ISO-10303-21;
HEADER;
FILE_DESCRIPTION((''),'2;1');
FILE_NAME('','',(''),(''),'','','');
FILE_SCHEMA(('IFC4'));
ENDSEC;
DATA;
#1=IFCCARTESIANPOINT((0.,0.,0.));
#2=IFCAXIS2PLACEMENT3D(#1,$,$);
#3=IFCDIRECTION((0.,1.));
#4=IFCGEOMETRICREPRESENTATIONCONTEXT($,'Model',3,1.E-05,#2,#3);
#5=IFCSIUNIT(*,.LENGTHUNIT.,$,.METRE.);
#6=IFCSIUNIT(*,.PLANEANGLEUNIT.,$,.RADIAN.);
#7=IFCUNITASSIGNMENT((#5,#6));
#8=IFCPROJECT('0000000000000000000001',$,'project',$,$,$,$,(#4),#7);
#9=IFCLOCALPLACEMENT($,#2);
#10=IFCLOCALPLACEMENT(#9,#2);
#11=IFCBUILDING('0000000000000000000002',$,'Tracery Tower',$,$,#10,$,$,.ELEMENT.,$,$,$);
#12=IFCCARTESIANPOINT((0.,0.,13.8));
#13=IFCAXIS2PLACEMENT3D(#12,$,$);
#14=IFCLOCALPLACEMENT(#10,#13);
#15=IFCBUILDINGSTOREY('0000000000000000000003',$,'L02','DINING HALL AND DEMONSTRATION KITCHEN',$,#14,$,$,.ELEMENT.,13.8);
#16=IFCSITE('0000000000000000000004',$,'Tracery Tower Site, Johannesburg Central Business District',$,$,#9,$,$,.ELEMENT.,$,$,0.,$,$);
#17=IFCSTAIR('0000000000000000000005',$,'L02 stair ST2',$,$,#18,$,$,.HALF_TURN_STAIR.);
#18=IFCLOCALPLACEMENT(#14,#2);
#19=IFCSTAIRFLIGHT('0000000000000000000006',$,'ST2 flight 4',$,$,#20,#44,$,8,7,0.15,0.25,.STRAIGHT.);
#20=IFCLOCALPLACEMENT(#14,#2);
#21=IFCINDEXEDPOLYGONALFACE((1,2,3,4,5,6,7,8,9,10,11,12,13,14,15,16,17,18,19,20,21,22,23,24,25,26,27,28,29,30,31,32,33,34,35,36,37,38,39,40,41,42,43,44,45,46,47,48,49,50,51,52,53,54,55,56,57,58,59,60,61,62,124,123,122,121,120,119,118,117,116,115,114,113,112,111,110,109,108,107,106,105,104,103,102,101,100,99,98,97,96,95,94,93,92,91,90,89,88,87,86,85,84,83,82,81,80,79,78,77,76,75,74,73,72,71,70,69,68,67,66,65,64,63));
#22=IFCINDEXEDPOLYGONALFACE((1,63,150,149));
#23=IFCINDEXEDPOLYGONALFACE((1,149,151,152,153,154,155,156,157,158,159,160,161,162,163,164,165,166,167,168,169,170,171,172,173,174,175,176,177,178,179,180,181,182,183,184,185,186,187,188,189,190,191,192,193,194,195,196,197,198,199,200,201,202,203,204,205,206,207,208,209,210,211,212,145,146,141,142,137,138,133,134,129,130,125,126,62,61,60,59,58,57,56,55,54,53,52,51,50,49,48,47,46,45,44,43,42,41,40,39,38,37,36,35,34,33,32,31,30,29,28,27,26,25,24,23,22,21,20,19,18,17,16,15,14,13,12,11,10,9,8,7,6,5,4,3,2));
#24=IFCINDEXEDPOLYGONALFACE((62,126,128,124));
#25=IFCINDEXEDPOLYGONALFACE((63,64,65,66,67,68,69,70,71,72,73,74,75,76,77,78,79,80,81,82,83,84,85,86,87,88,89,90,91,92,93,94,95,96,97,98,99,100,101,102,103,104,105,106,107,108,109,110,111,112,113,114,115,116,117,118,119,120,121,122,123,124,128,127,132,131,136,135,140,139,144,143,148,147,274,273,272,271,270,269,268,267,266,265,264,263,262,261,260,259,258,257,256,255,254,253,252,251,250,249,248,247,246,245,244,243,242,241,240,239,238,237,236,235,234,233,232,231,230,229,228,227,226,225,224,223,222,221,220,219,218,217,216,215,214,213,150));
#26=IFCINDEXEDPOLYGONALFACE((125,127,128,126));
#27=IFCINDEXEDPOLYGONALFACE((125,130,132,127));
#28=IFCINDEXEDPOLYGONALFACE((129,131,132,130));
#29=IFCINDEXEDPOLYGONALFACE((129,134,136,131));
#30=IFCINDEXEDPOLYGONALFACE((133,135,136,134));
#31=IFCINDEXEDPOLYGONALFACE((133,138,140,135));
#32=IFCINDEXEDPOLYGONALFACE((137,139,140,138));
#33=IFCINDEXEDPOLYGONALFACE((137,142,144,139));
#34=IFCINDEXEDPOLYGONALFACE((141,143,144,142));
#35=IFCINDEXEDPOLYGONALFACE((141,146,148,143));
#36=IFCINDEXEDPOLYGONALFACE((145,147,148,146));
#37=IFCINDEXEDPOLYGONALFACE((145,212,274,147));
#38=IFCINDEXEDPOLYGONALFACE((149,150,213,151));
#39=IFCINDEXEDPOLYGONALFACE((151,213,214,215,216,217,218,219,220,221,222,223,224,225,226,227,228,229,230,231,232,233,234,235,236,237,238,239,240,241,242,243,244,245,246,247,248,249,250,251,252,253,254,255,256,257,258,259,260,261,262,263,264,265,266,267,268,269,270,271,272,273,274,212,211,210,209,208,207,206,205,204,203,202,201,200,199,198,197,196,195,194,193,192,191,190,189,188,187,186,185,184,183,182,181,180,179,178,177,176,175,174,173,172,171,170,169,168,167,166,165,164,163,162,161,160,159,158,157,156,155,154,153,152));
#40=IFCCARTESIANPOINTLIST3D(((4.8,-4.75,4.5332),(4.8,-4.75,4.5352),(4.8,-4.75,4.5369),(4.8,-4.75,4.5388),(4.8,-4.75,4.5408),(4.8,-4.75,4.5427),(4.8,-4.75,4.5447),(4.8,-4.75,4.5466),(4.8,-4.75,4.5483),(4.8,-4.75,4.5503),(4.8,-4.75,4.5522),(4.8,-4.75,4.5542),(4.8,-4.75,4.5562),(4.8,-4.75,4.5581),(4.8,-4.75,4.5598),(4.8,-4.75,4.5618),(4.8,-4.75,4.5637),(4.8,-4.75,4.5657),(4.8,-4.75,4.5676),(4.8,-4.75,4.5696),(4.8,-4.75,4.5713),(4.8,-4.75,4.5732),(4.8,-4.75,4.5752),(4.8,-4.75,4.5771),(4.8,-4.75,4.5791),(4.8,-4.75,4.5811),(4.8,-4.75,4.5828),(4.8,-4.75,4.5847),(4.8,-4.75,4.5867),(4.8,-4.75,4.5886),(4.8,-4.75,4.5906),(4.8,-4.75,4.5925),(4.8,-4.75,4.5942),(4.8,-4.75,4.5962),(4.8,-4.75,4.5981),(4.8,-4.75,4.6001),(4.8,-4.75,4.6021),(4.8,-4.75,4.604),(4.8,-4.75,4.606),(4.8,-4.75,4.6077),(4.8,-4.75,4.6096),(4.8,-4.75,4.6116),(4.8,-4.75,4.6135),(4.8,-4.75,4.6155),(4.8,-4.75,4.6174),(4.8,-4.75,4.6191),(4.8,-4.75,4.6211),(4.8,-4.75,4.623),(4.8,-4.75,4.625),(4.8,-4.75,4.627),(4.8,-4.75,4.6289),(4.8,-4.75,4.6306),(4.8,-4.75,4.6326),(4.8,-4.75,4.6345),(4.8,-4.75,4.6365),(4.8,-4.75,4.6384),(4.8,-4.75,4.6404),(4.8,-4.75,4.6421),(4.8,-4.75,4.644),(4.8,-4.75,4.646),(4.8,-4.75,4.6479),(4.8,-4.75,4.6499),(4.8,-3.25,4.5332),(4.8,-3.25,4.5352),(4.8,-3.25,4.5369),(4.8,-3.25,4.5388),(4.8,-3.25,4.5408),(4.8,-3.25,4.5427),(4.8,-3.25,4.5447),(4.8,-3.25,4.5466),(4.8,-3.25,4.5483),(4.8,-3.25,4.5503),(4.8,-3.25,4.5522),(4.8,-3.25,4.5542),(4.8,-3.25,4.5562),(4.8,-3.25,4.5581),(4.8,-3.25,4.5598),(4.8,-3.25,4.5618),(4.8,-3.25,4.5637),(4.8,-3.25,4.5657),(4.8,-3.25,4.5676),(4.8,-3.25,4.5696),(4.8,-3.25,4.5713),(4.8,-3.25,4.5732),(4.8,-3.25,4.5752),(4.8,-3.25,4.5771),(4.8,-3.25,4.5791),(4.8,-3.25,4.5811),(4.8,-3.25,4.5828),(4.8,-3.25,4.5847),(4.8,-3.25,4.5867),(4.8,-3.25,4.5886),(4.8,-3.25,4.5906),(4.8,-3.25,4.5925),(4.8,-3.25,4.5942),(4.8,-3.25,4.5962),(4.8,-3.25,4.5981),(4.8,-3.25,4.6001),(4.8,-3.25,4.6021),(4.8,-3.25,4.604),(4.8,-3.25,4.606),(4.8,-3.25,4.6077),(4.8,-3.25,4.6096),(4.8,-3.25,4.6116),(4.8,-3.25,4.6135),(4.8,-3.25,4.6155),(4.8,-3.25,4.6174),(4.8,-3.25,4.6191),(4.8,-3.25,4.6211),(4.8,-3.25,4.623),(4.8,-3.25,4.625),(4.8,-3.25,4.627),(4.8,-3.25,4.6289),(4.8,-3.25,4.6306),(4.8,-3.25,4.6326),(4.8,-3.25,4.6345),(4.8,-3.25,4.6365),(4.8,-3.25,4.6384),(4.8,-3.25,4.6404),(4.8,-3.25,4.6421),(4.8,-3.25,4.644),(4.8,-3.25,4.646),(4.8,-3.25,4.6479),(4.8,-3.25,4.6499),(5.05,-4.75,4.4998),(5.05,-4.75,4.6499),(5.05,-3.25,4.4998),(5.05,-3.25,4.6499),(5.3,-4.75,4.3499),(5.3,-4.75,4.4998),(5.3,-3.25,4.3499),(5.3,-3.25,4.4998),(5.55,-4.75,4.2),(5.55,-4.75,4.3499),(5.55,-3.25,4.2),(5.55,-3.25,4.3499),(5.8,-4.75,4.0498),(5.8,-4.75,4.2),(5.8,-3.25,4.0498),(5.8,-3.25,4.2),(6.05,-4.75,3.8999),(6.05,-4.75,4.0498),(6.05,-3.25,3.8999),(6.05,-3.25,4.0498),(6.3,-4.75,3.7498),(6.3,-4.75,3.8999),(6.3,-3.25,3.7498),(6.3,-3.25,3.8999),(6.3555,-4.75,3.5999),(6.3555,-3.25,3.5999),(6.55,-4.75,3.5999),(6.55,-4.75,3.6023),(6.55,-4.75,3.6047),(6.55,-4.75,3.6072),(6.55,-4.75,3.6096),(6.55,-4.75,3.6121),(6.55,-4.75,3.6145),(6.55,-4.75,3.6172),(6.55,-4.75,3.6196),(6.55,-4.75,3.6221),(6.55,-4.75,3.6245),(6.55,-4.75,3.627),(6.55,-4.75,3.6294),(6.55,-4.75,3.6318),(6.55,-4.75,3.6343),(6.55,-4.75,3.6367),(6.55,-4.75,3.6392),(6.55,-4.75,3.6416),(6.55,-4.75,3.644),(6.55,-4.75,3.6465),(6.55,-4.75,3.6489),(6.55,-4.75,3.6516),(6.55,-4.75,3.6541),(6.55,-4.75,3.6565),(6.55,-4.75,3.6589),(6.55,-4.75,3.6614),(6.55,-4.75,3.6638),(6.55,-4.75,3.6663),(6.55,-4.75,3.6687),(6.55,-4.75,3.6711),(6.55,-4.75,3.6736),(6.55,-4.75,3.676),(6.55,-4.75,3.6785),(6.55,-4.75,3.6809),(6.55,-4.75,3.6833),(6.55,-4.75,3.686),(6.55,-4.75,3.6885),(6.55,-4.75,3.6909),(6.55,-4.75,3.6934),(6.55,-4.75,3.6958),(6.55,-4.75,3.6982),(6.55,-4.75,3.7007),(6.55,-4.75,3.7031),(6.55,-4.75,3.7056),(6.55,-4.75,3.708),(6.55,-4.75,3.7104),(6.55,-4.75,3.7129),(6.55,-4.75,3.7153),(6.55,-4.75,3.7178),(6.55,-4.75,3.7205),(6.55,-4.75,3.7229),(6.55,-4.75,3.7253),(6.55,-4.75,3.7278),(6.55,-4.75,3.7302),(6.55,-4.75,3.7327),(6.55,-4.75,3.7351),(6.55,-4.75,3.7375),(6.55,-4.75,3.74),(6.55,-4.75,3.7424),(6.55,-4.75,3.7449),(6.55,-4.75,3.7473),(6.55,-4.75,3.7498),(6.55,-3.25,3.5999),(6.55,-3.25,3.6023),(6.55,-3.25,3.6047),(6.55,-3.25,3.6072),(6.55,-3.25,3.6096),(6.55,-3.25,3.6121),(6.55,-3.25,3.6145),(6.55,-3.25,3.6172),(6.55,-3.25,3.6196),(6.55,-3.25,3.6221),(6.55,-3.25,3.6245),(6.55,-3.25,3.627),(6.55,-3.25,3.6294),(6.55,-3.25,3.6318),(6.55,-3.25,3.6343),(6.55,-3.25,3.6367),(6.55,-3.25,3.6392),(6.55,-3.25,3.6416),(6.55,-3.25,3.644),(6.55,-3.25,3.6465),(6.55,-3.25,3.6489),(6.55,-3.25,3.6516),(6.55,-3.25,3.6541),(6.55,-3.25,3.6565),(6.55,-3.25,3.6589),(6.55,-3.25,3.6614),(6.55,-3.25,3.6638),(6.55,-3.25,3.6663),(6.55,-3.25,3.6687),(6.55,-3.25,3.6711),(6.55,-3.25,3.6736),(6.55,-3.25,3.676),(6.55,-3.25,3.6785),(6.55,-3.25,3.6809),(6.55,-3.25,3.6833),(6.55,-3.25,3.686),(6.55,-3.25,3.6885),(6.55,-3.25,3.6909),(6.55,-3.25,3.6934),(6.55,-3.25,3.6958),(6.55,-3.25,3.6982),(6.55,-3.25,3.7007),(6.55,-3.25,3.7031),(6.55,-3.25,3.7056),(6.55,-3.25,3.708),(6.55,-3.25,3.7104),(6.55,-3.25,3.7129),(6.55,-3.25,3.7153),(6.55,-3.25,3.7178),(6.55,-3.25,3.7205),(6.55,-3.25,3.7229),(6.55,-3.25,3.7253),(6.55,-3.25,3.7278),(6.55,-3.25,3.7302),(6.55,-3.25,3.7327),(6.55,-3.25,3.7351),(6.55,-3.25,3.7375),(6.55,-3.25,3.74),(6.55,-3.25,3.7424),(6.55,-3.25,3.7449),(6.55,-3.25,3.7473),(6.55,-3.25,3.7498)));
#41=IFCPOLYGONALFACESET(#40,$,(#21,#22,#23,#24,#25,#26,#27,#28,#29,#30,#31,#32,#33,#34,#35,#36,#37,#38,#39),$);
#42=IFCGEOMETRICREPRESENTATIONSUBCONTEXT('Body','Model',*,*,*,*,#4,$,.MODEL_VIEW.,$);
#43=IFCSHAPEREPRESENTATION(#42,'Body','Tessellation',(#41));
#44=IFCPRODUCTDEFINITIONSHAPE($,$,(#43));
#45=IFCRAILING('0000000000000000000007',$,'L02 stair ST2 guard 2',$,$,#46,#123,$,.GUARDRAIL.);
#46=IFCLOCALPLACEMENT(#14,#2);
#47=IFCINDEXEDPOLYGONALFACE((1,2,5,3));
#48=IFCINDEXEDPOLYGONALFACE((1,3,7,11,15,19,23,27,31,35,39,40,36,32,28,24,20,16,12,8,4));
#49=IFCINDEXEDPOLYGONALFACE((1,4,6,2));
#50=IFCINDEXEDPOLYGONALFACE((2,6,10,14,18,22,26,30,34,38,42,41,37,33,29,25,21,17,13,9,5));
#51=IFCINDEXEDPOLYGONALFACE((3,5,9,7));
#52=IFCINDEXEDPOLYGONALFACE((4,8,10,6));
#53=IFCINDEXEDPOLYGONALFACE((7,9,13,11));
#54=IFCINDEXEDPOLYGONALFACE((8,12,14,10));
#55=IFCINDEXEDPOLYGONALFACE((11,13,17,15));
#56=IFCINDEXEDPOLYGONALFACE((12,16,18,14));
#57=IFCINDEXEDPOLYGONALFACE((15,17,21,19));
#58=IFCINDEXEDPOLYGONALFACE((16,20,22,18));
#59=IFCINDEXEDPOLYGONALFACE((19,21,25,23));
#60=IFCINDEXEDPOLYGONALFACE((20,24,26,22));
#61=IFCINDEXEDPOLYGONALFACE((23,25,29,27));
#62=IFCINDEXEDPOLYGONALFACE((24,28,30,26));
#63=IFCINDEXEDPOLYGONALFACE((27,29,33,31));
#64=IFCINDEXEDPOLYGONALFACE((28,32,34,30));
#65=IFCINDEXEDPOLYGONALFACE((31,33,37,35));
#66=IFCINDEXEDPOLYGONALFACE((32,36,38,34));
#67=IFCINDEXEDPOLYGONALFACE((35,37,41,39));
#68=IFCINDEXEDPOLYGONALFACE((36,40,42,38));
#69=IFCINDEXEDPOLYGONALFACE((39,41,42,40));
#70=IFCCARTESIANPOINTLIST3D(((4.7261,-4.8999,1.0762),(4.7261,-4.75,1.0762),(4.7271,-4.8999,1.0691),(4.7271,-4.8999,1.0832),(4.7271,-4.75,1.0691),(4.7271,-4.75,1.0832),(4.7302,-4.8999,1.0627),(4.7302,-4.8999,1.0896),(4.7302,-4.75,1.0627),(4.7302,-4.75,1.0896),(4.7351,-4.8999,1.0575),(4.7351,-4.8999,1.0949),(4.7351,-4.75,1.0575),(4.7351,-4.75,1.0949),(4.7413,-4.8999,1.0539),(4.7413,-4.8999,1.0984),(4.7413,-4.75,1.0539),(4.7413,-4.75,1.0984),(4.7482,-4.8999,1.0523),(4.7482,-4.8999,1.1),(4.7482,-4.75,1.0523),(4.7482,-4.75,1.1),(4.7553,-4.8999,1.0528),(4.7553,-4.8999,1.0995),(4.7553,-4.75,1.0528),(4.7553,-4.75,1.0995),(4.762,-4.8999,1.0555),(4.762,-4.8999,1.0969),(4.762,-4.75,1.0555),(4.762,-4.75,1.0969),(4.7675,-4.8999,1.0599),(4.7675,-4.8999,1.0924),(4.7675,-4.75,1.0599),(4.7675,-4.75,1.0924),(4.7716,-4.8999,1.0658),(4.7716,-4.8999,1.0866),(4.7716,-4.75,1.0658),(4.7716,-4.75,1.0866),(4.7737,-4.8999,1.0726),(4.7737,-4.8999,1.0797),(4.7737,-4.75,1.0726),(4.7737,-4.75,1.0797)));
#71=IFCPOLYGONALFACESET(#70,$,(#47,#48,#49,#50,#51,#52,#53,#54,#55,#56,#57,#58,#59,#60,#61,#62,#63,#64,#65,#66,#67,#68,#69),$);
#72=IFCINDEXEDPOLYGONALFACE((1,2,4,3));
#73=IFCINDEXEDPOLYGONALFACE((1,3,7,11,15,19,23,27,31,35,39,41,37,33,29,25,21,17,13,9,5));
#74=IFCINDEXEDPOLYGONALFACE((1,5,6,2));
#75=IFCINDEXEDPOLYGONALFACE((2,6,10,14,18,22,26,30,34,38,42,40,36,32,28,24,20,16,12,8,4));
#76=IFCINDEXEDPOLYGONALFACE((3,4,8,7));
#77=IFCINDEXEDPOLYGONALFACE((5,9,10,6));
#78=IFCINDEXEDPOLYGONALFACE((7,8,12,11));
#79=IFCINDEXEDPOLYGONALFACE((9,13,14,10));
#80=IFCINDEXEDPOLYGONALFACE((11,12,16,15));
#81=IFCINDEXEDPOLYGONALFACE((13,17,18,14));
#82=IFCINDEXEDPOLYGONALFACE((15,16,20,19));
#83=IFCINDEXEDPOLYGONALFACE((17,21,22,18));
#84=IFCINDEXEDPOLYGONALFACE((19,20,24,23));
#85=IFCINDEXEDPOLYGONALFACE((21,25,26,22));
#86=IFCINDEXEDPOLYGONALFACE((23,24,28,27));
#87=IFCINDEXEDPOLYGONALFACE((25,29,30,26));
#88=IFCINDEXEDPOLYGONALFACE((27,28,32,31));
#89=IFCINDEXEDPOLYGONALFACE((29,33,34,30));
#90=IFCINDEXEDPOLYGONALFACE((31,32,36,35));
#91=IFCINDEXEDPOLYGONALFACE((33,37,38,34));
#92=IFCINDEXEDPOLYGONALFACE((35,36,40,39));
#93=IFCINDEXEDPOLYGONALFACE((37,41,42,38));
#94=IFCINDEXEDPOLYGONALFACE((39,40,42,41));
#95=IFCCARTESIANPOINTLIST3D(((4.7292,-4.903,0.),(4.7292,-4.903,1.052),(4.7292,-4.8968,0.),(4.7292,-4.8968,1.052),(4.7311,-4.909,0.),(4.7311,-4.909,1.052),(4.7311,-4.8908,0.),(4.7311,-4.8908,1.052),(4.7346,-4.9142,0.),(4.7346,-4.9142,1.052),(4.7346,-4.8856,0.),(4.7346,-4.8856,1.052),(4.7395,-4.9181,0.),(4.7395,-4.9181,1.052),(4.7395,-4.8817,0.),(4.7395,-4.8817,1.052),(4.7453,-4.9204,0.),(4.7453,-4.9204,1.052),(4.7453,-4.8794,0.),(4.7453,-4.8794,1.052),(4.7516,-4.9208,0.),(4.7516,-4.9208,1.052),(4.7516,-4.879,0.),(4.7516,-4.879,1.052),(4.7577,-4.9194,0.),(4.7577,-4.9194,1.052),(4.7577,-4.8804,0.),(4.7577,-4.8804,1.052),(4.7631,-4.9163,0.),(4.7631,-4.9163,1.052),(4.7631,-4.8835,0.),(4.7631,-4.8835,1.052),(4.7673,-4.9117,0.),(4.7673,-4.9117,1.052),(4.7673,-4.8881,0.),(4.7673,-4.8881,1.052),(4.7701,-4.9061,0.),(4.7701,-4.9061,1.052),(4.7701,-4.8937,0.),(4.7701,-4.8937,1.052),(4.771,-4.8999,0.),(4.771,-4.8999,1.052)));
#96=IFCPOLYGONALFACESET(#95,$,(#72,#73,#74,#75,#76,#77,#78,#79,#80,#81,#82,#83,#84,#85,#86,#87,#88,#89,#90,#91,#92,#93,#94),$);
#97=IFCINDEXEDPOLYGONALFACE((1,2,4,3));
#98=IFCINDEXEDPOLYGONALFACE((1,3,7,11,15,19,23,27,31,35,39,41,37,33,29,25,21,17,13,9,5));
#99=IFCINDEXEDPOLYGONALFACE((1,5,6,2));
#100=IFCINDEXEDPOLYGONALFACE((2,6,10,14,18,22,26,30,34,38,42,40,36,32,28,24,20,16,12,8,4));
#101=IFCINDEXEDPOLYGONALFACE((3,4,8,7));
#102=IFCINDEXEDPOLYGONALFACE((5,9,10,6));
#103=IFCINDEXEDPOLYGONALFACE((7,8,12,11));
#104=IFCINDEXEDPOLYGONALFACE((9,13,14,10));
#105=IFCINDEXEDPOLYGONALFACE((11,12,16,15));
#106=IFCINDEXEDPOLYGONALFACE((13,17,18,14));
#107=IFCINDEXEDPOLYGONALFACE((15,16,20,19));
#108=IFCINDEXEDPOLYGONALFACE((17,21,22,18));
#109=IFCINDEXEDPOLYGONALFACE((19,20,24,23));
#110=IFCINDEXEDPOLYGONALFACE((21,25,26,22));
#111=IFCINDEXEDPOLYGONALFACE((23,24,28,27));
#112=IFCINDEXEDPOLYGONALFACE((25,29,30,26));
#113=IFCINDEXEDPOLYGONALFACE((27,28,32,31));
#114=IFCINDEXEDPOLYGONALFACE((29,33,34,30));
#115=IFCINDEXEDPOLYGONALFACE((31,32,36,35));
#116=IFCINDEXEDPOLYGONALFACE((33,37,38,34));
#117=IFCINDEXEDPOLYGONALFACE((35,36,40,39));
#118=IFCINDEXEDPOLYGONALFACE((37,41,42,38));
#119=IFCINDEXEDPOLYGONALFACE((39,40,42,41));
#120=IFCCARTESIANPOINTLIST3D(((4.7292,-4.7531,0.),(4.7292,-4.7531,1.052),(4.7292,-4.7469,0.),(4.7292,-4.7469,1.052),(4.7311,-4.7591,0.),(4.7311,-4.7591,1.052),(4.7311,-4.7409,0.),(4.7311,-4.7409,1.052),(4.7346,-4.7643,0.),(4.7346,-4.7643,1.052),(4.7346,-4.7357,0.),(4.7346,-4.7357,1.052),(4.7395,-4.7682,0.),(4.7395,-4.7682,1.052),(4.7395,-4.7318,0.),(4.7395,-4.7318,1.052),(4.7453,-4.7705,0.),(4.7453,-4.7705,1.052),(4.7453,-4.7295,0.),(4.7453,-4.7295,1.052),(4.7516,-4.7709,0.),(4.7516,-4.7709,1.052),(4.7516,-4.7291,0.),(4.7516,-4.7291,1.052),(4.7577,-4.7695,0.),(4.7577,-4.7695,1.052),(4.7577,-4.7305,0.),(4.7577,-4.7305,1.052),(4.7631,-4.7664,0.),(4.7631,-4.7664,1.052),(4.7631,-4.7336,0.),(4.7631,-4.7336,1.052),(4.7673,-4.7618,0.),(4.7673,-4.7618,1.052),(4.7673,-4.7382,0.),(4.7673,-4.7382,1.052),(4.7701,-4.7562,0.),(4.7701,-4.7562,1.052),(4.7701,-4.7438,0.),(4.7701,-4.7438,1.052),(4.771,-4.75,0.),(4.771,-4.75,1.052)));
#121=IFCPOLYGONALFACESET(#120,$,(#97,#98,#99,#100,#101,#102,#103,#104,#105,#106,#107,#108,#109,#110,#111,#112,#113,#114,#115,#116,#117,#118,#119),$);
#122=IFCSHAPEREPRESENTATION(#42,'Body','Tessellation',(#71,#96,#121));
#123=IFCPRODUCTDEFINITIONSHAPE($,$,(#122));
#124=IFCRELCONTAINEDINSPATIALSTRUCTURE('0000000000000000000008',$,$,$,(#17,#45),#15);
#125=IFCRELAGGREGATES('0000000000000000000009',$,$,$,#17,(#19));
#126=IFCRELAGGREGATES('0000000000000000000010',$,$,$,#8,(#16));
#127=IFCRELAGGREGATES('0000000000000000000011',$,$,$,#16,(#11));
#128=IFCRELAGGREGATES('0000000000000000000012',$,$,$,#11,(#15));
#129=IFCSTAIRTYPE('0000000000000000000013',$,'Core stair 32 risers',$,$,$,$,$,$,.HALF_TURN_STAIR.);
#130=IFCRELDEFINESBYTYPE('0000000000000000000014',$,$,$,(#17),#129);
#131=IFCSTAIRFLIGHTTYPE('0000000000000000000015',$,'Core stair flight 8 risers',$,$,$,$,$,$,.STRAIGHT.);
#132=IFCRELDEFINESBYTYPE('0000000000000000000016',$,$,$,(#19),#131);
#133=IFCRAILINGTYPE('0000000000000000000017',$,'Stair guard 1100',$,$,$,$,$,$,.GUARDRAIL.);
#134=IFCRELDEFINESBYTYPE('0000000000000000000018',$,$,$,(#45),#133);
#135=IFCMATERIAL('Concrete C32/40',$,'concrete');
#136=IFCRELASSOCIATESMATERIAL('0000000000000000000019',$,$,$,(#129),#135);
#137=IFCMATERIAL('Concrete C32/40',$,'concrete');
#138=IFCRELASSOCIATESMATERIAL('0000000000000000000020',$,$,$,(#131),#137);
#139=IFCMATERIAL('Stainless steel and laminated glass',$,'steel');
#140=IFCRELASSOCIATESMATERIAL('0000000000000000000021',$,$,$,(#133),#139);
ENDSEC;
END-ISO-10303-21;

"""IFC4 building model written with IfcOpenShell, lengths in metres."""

from ifc_helpers import new_model, si_unit, direction, frame, origin, origin_2d, place, context, subcontext, project, spatial, polyline, circle, outline, extrude, material, type_object, element, aggregate, save


model = new_model("IFC4")

# Units and contexts
model_context = context("Model", 3, precision=1e-05, world=origin(), true_north=direction((0.0, 1.0)))
body_context = subcontext(model_context, "Body", "Model", "MODEL_VIEW")
ifc_project = project(units=[si_unit("LENGTHUNIT", "METRE"), si_unit("PLANEANGLEUNIT", "RADIAN")], contexts=[model_context])

# Site, building, storey
site_placement = place(None, origin())
site = spatial("IfcSite", under=ifc_project, at=site_placement, Name="Tracery Tower Site, Johannesburg Central Business District", CompositionType="ELEMENT", RefElevation=0.0)
building_placement = place(site_placement, origin())
building = spatial("IfcBuilding", under=site, at=building_placement, Name="Tracery Tower", CompositionType="ELEMENT")
storey_placement = place(building_placement, frame((0.0, 0.0, 13.8)))
storey = spatial("IfcBuildingStorey", under=building, at=storey_placement, Name="L02", Description="DINING HALL AND DEMONSTRATION KITCHEN", CompositionType="ELEMENT", Elevation=13.8)

# Stair, stair flight
ifc_material_1 = material(Name="Concrete C32/40", Category="concrete")
stair_type = type_object("IfcStairType", Name="Core stair 32 risers", PredefinedType="HALF_TURN_STAIR", material=ifc_material_1)
stair_placement = place(storey_placement, origin())
stair = element("IfcStair", 1, at=stair_placement, inside=storey, type_object=stair_type, Name="L02 stair ST2", PredefinedType="HALF_TURN_STAIR")
ifc_material_2 = material(Name="Concrete C32/40", Category="concrete")
stair_flight_type = type_object("IfcStairFlightType", Name="Core stair flight 8 risers", PredefinedType="STRAIGHT", material=ifc_material_2)
stair_flight_1_placement = place(storey_placement, frame((6.55, -4.0, 3.5999), z_axis=(0.0, 0.0, 1.0), x_axis=(-1.0, 0.0, 0.0)))
stair_flight_1 = element("IfcStairFlight", 2, at=stair_flight_1_placement, type_object=stair_flight_type, Name="ST2 flight 4", NumberOfRisers=8, NumberOfTreads=7, PredefinedType="STRAIGHT", RiserHeight=0.15, TreadLength=0.25, context=body_context, shape_type="SweptSolid", body=[
    extrude(outline(polyline([(0.0, 0.0), (0.0, 0.0024), (0.0, 0.0049), (0.0, 0.0073), (0.0, 0.0098), (0.0, 0.0122), (0.0, 0.0146), (0.0, 0.0173), (0.0, 0.0198), (0.0, 0.0222), (0.0, 0.0247), (0.0, 0.0271), (0.0, 0.0295), (0.0, 0.032), (0.0, 0.0344), (0.0, 0.0369), (0.0, 0.0393), (0.0, 0.0417), (0.0, 0.0442), (0.0, 0.0466), (0.0, 0.0491), (0.0, 0.0518), (0.0, 0.0542), (0.0, 0.0566), (0.0, 0.0591), (0.0, 0.0615), (0.0, 0.064), (0.0, 0.0664), (0.0, 0.0688), (0.0, 0.0713), (0.0, 0.0737), (0.0, 0.0762), (0.0, 0.0786), (0.0, 0.0811), (0.0, 0.0835), (0.0, 0.0862), (0.0, 0.0886), (0.0, 0.0911), (0.0, 0.0935), (0.0, 0.0959), (0.0, 0.0984), (0.0, 0.1008), (0.0, 0.1033), (0.0, 0.1057), (0.0, 0.1082), (0.0, 0.1106), (0.0, 0.113), (0.0, 0.1155), (0.0, 0.1179), (0.0, 0.1206), (0.0, 0.123), (0.0, 0.1255), (0.0, 0.1279), (0.0, 0.1304), (0.0, 0.1328), (0.0, 0.1353), (0.0, 0.1377), (0.0, 0.1401), (0.0, 0.1426), (0.0, 0.145), (0.0, 0.1475), (0.0, 0.1499), (0.25, 0.1499), (0.25, 0.3), (0.5, 0.3), (0.5, 0.45), (0.75, 0.45), (0.75, 0.6001), (1.0, 0.6001), (1.0, 0.75), (1.25, 0.75), (1.25, 0.8999), (1.5, 0.8999), (1.5, 1.05), (1.75, 1.05), (1.75, 1.0481), (1.75, 1.0461), (1.75, 1.0442), (1.75, 1.0422), (1.75, 1.0405), (1.75, 1.0386), (1.75, 1.0366), (1.75, 1.0347), (1.75, 1.0327), (1.75, 1.0308), (1.75, 1.0291), (1.75, 1.0271), (1.75, 1.0251), (1.75, 1.0232), (1.75, 1.0212), (1.75, 1.0193), (1.75, 1.0176), (1.75, 1.0156), (1.75, 1.0137), (1.75, 1.0117), (1.75, 1.0098), (1.75, 1.0078), (1.75, 1.0061), (1.75, 1.0042), (1.75, 1.0022), (1.75, 1.0002), (1.75, 0.9983), (1.75, 0.9963), (1.75, 0.9944), (1.75, 0.9927), (1.75, 0.9907), (1.75, 0.9888), (1.75, 0.9868), (1.75, 0.9849), (1.75, 0.9829), (1.75, 0.9812), (1.75, 0.9792), (1.75, 0.9773), (1.75, 0.9753), (1.75, 0.9734), (1.75, 0.9714), (1.75, 0.9697), (1.75, 0.9678), (1.75, 0.9658), (1.75, 0.9639), (1.75, 0.9619), (1.75, 0.96), (1.75, 0.9583), (1.75, 0.9563), (1.75, 0.9543), (1.75, 0.9524), (1.75, 0.9504), (1.75, 0.9485), (1.75, 0.9468), (1.75, 0.9448), (1.75, 0.9429), (1.75, 0.9409), (1.75, 0.939), (1.75, 0.937), (1.75, 0.9353), (1.75, 0.9333), (0.1946, 0.0), (0.0, 0.0)])), frame((0.0, 0.75, 0.0), z_axis=(0.0, -1.0, 0.0), x_axis=(1.0, 0.0, 0.0)), (0.0, 0.0, 1.0), 1.5),
])
aggregate(stair, [stair_flight_1])

# Railing
ifc_material_3 = material(Name="Stainless steel and laminated glass", Category="steel")
railing_type_1 = type_object("IfcRailingType", Name="Stair guard 1100", PredefinedType="GUARDRAIL", material=ifc_material_3)
railing_1_placement = place(storey_placement, frame((4.75, -4.8999, 0.0)))
element("IfcRailing", 3, at=railing_1_placement, inside=storey, type_object=railing_type_1, Name="L02 stair ST2 guard 2", PredefinedType="GUARDRAIL", context=body_context, shape_type="SweptSolid", body=[
    extrude(circle(Radius=0.0239, at=origin_2d()), frame((0.0, 0.0, 1.0762), z_axis=(0.0, 1.0, 0.0), x_axis=(-1.0, 0.0, 0.0)), (0.0, 0.0, 1.0), 0.1499),
    extrude(circle(Radius=0.021, at=origin_2d()), origin(), (0.0, 0.0, 1.0), 1.052),
    extrude(circle(Radius=0.021, at=origin_2d()), frame((0.0, 0.1499, 0.0)), (0.0, 0.0, 1.0), 1.052),
])

save(model, "model.ifc")
